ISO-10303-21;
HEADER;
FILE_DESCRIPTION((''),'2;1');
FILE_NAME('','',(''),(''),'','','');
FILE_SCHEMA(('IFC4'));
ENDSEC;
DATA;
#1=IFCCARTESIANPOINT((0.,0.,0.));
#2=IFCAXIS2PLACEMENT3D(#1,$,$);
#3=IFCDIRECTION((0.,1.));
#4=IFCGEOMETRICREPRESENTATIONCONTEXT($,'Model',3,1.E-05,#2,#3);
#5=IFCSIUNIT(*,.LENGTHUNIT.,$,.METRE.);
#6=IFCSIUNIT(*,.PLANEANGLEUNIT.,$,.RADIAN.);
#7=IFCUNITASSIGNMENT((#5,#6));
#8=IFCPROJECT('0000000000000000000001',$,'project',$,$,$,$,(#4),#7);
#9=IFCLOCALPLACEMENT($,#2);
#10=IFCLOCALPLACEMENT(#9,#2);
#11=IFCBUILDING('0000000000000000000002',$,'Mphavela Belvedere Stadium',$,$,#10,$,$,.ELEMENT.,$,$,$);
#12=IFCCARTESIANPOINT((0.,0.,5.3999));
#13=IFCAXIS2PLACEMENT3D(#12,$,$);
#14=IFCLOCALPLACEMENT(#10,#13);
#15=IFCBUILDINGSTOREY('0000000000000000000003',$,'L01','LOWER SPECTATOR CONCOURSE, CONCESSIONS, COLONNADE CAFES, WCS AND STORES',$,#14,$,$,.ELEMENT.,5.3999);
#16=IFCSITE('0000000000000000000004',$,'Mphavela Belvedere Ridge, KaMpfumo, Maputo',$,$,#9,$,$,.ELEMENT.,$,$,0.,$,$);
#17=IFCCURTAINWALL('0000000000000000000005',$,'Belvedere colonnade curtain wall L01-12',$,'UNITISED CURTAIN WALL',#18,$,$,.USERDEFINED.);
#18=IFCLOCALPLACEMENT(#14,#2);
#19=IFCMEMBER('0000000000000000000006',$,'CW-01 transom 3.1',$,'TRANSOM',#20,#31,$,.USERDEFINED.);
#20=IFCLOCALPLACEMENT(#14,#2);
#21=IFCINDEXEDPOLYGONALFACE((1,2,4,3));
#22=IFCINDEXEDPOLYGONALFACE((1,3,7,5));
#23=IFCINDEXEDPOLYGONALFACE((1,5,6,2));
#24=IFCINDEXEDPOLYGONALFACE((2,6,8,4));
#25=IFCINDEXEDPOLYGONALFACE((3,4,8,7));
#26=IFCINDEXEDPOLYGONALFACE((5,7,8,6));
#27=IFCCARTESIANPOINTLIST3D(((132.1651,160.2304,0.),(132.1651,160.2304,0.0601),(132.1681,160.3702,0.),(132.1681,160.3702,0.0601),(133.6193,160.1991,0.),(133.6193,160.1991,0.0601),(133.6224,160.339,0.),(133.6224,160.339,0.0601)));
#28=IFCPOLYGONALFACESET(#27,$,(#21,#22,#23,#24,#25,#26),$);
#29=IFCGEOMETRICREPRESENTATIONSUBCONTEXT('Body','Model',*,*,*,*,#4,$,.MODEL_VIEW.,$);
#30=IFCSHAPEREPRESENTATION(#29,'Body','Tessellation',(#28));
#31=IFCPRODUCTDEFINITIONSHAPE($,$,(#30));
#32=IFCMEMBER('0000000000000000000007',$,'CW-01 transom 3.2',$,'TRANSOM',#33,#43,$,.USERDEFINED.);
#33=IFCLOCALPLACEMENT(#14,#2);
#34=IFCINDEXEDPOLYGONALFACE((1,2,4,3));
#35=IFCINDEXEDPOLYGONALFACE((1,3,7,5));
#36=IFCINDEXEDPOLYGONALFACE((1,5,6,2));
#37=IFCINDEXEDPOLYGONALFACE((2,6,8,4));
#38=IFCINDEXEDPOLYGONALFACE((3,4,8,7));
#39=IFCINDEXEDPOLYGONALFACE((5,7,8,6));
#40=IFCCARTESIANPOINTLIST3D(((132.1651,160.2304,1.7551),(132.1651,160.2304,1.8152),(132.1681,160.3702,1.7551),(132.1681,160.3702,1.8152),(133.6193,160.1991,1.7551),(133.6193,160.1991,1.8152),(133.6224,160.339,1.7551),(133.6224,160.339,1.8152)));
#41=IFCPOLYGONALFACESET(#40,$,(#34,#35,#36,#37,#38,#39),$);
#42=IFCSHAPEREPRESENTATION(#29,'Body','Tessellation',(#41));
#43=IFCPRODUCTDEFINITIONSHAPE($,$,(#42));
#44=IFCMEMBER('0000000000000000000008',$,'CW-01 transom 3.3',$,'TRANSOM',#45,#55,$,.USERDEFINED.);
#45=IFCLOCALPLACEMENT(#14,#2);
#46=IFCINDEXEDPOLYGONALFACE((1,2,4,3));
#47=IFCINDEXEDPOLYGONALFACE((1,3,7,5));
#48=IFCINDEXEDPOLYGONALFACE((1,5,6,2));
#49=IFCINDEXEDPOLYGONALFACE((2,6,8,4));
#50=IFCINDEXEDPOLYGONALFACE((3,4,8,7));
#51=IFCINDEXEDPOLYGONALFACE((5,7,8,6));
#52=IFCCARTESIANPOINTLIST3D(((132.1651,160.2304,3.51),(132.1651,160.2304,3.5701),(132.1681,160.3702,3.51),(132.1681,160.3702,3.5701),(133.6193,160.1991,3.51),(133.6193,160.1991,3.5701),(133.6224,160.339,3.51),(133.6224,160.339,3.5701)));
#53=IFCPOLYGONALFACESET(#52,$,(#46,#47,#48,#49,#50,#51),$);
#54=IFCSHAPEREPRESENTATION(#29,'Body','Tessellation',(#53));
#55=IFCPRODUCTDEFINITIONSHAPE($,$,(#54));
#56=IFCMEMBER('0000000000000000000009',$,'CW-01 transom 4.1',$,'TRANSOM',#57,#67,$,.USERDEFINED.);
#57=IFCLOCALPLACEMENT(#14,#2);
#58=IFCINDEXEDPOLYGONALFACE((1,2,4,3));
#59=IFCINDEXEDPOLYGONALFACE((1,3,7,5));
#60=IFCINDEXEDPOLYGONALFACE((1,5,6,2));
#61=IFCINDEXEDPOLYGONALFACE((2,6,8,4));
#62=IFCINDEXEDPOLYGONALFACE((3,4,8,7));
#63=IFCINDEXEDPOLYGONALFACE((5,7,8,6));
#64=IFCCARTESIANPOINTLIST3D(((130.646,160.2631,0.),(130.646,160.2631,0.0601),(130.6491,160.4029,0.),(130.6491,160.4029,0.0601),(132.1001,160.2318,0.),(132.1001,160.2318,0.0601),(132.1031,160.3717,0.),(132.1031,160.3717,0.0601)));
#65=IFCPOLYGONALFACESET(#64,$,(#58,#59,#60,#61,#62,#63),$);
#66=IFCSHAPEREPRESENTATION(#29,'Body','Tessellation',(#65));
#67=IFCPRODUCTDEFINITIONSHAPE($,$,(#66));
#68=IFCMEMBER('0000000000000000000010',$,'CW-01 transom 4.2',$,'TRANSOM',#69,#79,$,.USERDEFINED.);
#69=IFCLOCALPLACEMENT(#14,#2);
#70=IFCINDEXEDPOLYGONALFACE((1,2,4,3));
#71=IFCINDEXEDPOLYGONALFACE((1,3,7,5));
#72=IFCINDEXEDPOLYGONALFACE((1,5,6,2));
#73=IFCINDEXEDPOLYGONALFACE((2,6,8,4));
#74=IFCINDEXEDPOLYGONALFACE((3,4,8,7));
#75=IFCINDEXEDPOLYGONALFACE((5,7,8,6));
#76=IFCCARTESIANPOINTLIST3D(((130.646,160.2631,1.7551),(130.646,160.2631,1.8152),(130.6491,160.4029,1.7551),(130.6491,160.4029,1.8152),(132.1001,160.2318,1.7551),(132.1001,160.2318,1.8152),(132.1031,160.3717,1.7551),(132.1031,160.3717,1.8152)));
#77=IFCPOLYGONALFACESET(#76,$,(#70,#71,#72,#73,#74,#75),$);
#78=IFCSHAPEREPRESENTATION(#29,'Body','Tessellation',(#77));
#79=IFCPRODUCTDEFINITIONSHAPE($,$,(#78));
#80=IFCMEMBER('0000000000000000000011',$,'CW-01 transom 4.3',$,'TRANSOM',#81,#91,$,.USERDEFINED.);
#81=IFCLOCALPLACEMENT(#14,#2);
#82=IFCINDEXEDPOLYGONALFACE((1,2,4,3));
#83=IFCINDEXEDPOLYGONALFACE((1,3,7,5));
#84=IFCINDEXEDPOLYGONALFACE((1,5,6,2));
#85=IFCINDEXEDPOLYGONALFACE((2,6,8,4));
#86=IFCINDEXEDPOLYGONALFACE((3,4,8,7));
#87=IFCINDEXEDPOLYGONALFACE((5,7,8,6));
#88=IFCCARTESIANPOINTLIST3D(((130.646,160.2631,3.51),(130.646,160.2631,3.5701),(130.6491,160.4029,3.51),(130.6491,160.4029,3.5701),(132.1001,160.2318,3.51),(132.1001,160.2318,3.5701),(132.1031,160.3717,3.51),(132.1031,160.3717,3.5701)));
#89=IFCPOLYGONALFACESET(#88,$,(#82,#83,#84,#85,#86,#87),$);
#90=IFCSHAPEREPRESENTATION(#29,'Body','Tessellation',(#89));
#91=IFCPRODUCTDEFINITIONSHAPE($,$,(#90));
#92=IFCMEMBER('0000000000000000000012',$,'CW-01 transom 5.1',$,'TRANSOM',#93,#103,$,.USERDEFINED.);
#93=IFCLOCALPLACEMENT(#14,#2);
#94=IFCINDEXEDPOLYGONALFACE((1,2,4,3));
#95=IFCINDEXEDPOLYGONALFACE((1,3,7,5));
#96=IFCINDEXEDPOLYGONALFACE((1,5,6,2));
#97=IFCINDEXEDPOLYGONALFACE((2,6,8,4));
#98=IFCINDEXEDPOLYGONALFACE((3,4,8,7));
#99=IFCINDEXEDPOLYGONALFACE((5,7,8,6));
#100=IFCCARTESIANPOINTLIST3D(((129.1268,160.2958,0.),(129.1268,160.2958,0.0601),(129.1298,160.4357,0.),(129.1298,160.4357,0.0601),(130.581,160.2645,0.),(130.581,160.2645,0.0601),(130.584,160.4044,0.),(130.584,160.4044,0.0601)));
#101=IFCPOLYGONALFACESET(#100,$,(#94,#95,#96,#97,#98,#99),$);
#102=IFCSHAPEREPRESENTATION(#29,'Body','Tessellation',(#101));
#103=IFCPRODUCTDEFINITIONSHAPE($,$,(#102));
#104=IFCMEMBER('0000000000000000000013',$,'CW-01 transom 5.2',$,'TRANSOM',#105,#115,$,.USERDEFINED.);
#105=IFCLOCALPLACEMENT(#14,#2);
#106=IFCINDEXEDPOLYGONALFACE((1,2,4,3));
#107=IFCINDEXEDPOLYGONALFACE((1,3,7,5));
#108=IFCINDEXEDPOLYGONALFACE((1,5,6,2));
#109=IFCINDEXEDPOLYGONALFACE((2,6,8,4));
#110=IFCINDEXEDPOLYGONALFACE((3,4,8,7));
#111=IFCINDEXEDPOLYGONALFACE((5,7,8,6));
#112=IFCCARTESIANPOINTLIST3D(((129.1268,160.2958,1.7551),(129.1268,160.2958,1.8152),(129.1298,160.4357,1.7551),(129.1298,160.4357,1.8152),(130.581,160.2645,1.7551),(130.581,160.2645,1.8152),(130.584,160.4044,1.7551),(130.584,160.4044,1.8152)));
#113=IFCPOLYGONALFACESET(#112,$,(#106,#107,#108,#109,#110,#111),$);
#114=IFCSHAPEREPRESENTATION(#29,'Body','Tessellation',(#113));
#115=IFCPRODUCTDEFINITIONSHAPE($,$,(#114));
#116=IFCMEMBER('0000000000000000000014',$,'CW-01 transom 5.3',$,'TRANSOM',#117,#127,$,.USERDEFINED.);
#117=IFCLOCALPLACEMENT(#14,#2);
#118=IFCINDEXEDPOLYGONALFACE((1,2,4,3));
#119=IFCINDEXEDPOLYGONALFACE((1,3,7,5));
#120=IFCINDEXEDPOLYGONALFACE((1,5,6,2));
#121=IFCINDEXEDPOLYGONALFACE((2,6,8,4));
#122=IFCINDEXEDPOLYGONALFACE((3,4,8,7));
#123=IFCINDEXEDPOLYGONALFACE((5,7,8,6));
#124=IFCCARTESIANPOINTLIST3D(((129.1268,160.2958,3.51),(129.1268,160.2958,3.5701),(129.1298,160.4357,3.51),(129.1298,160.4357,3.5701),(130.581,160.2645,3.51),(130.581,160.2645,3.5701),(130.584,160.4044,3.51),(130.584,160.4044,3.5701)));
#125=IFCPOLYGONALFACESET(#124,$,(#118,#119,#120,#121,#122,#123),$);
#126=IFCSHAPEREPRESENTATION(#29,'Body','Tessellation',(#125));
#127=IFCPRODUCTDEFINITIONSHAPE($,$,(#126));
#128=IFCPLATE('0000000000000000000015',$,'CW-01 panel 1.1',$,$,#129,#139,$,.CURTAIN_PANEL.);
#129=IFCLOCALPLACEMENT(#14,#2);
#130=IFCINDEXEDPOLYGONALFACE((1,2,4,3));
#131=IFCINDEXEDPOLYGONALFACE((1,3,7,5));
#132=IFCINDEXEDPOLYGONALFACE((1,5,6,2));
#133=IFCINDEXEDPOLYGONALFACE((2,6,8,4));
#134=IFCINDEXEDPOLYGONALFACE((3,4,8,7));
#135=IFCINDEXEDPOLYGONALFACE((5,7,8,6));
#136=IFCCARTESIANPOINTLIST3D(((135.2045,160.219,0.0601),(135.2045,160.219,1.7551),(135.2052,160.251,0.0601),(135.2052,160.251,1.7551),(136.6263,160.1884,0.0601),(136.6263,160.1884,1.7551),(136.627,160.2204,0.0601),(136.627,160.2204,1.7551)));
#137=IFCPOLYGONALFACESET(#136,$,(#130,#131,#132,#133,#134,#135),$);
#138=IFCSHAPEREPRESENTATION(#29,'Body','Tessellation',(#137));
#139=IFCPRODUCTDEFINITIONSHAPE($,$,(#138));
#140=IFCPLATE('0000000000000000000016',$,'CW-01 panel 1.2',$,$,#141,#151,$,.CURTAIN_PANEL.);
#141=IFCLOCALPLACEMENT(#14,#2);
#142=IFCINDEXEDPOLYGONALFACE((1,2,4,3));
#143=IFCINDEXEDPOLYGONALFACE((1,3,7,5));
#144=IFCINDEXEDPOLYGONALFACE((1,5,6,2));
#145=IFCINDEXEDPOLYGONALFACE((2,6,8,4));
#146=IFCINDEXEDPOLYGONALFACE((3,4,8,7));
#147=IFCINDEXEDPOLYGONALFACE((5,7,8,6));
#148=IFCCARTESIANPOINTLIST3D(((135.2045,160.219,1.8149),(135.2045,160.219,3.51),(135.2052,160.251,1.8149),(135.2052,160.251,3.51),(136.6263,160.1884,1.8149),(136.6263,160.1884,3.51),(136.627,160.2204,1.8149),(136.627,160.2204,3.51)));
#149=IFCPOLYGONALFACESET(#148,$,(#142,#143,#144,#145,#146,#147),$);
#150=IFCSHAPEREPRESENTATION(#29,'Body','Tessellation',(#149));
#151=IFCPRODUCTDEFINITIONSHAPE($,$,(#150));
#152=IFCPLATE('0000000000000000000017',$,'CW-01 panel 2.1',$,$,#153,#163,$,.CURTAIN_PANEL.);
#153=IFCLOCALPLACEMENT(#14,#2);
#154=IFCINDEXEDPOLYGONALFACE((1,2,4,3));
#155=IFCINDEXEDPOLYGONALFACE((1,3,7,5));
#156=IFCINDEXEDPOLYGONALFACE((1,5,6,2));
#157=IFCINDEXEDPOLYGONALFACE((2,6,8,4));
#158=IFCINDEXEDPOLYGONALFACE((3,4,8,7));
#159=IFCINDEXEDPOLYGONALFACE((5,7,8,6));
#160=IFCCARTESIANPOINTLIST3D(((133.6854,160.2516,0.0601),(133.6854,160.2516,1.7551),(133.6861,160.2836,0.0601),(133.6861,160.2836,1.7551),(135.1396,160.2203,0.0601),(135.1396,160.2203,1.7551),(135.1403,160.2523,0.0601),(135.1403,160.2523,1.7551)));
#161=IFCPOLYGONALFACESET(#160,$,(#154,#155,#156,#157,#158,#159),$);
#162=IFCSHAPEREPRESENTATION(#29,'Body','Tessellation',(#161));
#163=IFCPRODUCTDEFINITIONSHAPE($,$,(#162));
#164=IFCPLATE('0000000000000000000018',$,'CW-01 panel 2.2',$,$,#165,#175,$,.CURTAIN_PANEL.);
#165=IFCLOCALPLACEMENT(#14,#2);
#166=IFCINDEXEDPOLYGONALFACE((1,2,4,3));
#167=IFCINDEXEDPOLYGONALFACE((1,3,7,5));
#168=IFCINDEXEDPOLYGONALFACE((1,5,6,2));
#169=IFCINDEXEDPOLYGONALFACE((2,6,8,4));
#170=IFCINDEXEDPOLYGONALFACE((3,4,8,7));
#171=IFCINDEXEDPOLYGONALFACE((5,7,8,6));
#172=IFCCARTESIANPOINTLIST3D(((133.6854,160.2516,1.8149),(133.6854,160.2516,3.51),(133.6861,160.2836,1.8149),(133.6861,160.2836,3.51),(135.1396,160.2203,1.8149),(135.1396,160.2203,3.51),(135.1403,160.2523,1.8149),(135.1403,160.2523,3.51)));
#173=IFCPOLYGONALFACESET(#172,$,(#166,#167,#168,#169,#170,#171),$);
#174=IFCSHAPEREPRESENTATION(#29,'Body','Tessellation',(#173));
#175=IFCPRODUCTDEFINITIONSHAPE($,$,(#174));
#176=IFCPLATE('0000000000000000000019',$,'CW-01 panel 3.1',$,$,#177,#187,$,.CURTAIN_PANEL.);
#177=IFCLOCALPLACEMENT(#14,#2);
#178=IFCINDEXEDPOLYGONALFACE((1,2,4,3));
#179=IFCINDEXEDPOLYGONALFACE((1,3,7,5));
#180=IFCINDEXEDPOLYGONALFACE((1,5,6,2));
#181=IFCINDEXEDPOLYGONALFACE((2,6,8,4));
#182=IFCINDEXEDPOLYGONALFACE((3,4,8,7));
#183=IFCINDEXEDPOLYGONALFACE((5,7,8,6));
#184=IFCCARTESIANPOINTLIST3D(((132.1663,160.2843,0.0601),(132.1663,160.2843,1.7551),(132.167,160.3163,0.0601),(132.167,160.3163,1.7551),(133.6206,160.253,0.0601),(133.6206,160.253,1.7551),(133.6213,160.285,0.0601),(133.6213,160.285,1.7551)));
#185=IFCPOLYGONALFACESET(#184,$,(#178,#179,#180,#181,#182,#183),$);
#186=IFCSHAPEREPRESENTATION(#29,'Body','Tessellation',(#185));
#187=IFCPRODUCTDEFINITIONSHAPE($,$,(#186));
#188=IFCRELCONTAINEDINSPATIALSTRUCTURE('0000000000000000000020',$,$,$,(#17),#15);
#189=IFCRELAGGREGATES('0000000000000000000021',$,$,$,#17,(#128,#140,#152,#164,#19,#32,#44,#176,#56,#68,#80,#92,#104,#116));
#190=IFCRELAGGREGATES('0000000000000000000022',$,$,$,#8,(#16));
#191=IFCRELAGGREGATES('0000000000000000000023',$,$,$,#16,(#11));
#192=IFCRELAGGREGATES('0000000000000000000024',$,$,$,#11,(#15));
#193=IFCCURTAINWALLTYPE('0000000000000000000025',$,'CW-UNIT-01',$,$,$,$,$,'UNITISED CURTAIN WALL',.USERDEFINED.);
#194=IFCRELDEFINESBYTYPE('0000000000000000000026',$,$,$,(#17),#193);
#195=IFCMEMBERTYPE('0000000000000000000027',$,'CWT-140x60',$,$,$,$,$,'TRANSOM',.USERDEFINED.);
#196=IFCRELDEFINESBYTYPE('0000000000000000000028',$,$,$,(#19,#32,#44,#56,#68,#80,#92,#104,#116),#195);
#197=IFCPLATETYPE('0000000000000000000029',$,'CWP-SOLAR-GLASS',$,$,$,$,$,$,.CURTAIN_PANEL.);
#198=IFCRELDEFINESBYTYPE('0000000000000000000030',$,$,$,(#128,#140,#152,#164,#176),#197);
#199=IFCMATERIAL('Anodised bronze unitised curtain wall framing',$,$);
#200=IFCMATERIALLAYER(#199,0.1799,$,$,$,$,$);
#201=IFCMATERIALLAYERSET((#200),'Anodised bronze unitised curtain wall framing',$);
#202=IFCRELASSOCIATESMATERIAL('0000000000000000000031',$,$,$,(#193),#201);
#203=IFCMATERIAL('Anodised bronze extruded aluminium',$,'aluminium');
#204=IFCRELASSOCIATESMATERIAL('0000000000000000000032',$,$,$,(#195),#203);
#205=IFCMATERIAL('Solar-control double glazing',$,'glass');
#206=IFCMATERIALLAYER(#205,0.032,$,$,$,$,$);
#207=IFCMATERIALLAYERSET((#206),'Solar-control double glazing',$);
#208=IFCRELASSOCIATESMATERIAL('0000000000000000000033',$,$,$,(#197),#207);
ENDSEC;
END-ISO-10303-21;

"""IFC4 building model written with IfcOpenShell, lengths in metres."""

from ifc_helpers import new_model, si_unit, direction, frame, origin, origin_2d, place, context, subcontext, project, spatial, rectangle, extrude, material, layer, layer_set, material_profile, profile_set, type_object, element, aggregate, save


model = new_model("IFC4")

# Units and contexts
model_context = context("Model", 3, precision=1e-05, world=origin(), true_north=direction((0.0, 1.0)))
body_context = subcontext(model_context, "Body", "Model", "MODEL_VIEW")
ifc_project = project(units=[si_unit("LENGTHUNIT", "METRE"), si_unit("PLANEANGLEUNIT", "RADIAN")], contexts=[model_context])

# Site, building, storey
site_placement = place(None, origin())
site = spatial("IfcSite", under=ifc_project, at=site_placement, Name="Mphavela Belvedere Ridge, KaMpfumo, Maputo", CompositionType="ELEMENT", RefElevation=0.0)
building_placement = place(site_placement, origin())
building = spatial("IfcBuilding", under=site, at=building_placement, Name="Mphavela Belvedere Stadium", CompositionType="ELEMENT")
storey_placement = place(building_placement, frame((0.0, 0.0, 5.3999)))
storey = spatial("IfcBuildingStorey", under=building, at=storey_placement, Name="L01", Description="LOWER SPECTATOR CONCOURSE, CONCESSIONS, COLONNADE CAFES, WCS AND STORES", CompositionType="ELEMENT", Elevation=5.3999)

# Curtain wall, members, plates
ifc_material_1 = material(Name="Anodised bronze unitised curtain wall framing")
ifc_layer_1 = layer(ifc_material_1, 0.1799)
ifc_layer_set_1 = layer_set([ifc_layer_1], Name="Anodised bronze unitised curtain wall framing")
curtain_wall_type_1 = type_object("IfcCurtainWallType", Name="CW-UNIT-01", ElementType="UNITISED CURTAIN WALL", PredefinedType="USERDEFINED", material=ifc_layer_set_1)
curtain_wall_1_placement = place(storey_placement, origin())
curtain_wall_1 = element("IfcCurtainWall", 1, at=curtain_wall_1_placement, inside=storey, type_object=curtain_wall_type_1, Name="Belvedere colonnade curtain wall L01-12", ObjectType="UNITISED CURTAIN WALL", PredefinedType="USERDEFINED")
ifc_material_2 = material(Name="Anodised bronze extruded aluminium", Category="aluminium")
ifc_material_profile_1 = material_profile(ifc_material_2, rectangle(XDim=0.1399, YDim=0.0601, at=origin_2d()), Name="CW-TRN 140x60")
ifc_profile_set_1 = profile_set([ifc_material_profile_1], Name="Anodised bronze extruded aluminium")
member_type_1 = type_object("IfcMemberType", Name="CWT-140x60", ElementType="TRANSOM", PredefinedType="USERDEFINED", material=ifc_profile_set_1)
member_1_placement = place(storey_placement, frame((133.6208, 160.269, 0.03), z_axis=(-0.999769, 0.021482, 0.0), x_axis=(-0.021482, -0.999769, 0.0)))
member_1 = element("IfcMember", 2, at=member_1_placement, type_object=member_type_1, Name="CW-01 transom 3.1", ObjectType="TRANSOM", PredefinedType="USERDEFINED", context=body_context, shape_type="SweptSolid", body=[
    extrude(rectangle(XDim=0.1399, YDim=0.0601, at=origin_2d()), origin(), (0.0, 0.0, 1.0), 1.4546),
])
member_2_placement = place(storey_placement, frame((133.6208, 160.269, 1.7852), z_axis=(-0.999769, 0.021482, 0.0), x_axis=(-0.021482, -0.999769, 0.0)))
member_2 = element("IfcMember", 3, at=member_2_placement, type_object=member_type_1, Name="CW-01 transom 3.2", ObjectType="TRANSOM", PredefinedType="USERDEFINED", context=body_context, shape_type="SweptSolid", body=[
    extrude(rectangle(XDim=0.1399, YDim=0.0601, at=origin_2d()), origin(), (0.0, 0.0, 1.0), 1.4546),
])
member_3_placement = place(storey_placement, frame((133.6208, 160.269, 3.54), z_axis=(-0.999769, 0.021482, 0.0), x_axis=(-0.021482, -0.999769, 0.0)))
member_3 = element("IfcMember", 4, at=member_3_placement, type_object=member_type_1, Name="CW-01 transom 3.3", ObjectType="TRANSOM", PredefinedType="USERDEFINED", context=body_context, shape_type="SweptSolid", body=[
    extrude(rectangle(XDim=0.1399, YDim=0.0601, at=origin_2d()), origin(), (0.0, 0.0, 1.0), 1.4546),
])
member_4_placement = place(storey_placement, frame((132.1016, 160.3018, 0.03), z_axis=(-0.999769, 0.021486, 0.0), x_axis=(-0.021486, -0.999769, 0.0)))
member_4 = element("IfcMember", 5, at=member_4_placement, type_object=member_type_1, Name="CW-01 transom 4.1", ObjectType="TRANSOM", PredefinedType="USERDEFINED", context=body_context, shape_type="SweptSolid", body=[
    extrude(rectangle(XDim=0.1399, YDim=0.0601, at=origin_2d()), origin(), (0.0, 0.0, 1.0), 1.4543),
])
member_5_placement = place(storey_placement, frame((132.1016, 160.3018, 1.7852), z_axis=(-0.999769, 0.021486, 0.0), x_axis=(-0.021486, -0.999769, 0.0)))
member_5 = element("IfcMember", 6, at=member_5_placement, type_object=member_type_1, Name="CW-01 transom 4.2", ObjectType="TRANSOM", PredefinedType="USERDEFINED", context=body_context, shape_type="SweptSolid", body=[
    extrude(rectangle(XDim=0.1399, YDim=0.0601, at=origin_2d()), origin(), (0.0, 0.0, 1.0), 1.4543),
])
member_6_placement = place(storey_placement, frame((132.1016, 160.3018, 3.54), z_axis=(-0.999769, 0.021486, 0.0), x_axis=(-0.021486, -0.999769, 0.0)))
member_6 = element("IfcMember", 7, at=member_6_placement, type_object=member_type_1, Name="CW-01 transom 4.3", ObjectType="TRANSOM", PredefinedType="USERDEFINED", context=body_context, shape_type="SweptSolid", body=[
    extrude(rectangle(XDim=0.1399, YDim=0.0601, at=origin_2d()), origin(), (0.0, 0.0, 1.0), 1.4543),
])
member_7_placement = place(storey_placement, frame((130.5825, 160.3345, 0.03), z_axis=(-0.999769, 0.021482, 0.0), x_axis=(-0.021482, -0.999769, 0.0)))
member_7 = element("IfcMember", 8, at=member_7_placement, type_object=member_type_1, Name="CW-01 transom 5.1", ObjectType="TRANSOM", PredefinedType="USERDEFINED", context=body_context, shape_type="SweptSolid", body=[
    extrude(rectangle(XDim=0.1399, YDim=0.0601, at=origin_2d()), origin(), (0.0, 0.0, 1.0), 1.4546),
])
member_8_placement = place(storey_placement, frame((130.5825, 160.3345, 1.7852), z_axis=(-0.999769, 0.021482, 0.0), x_axis=(-0.021482, -0.999769, 0.0)))
member_8 = element("IfcMember", 9, at=member_8_placement, type_object=member_type_1, Name="CW-01 transom 5.2", ObjectType="TRANSOM", PredefinedType="USERDEFINED", context=body_context, shape_type="SweptSolid", body=[
    extrude(rectangle(XDim=0.1399, YDim=0.0601, at=origin_2d()), origin(), (0.0, 0.0, 1.0), 1.4546),
])
member_9_placement = place(storey_placement, frame((130.5825, 160.3345, 3.54), z_axis=(-0.999769, 0.021482, 0.0), x_axis=(-0.021482, -0.999769, 0.0)))
member_9 = element("IfcMember", 10, at=member_9_placement, type_object=member_type_1, Name="CW-01 transom 5.3", ObjectType="TRANSOM", PredefinedType="USERDEFINED", context=body_context, shape_type="SweptSolid", body=[
    extrude(rectangle(XDim=0.1399, YDim=0.0601, at=origin_2d()), origin(), (0.0, 0.0, 1.0), 1.4546),
])
ifc_material_3 = material(Name="Solar-control double glazing", Category="glass")
ifc_layer_2 = layer(ifc_material_3, 0.032)
ifc_layer_set_2 = layer_set([ifc_layer_2], Name="Solar-control double glazing")
plate_type = type_object("IfcPlateType", Name="CWP-SOLAR-GLASS", PredefinedType="CURTAIN_PANEL", material=ifc_layer_set_2)
plate_1_placement = place(storey_placement, frame((135.9158, 160.2197, 0.0601), z_axis=(0.0, 0.0, 1.0), x_axis=(-0.999768, 0.021529, 0.0)))
plate_1 = element("IfcPlate", 11, at=plate_1_placement, type_object=plate_type, Name="CW-01 panel 1.1", PredefinedType="CURTAIN_PANEL", context=body_context, shape_type="SweptSolid", body=[
    extrude(rectangle(XDim=1.4221, YDim=0.032, at=origin_2d()), origin(), (0.0, 0.0, 1.0), 1.6951),
])
plate_2_placement = place(storey_placement, frame((135.9158, 160.2197, 1.8149), z_axis=(0.0, 0.0, 1.0), x_axis=(-0.999768, 0.021529, 0.0)))
plate_2 = element("IfcPlate", 12, at=plate_2_placement, type_object=plate_type, Name="CW-01 panel 1.2", PredefinedType="CURTAIN_PANEL", context=body_context, shape_type="SweptSolid", body=[
    extrude(rectangle(XDim=1.4221, YDim=0.032, at=origin_2d()), origin(), (0.0, 0.0, 1.0), 1.6951),
])
plate_3_placement = place(storey_placement, frame((134.4128, 160.252, 0.0601), z_axis=(0.0, 0.0, 1.0), x_axis=(-0.999768, 0.021529, 0.0)))
plate_3 = element("IfcPlate", 13, at=plate_3_placement, type_object=plate_type, Name="CW-01 panel 2.1", PredefinedType="CURTAIN_PANEL", context=body_context, shape_type="SweptSolid", body=[
    extrude(rectangle(XDim=1.4546, YDim=0.032, at=origin_2d()), origin(), (0.0, 0.0, 1.0), 1.6951),
])
plate_4_placement = place(storey_placement, frame((134.4128, 160.252, 1.8149), z_axis=(0.0, 0.0, 1.0), x_axis=(-0.999768, 0.021529, 0.0)))
plate_4 = element("IfcPlate", 14, at=plate_4_placement, type_object=plate_type, Name="CW-01 panel 2.2", PredefinedType="CURTAIN_PANEL", context=body_context, shape_type="SweptSolid", body=[
    extrude(rectangle(XDim=1.4546, YDim=0.032, at=origin_2d()), origin(), (0.0, 0.0, 1.0), 1.6951),
])
plate_5_placement = place(storey_placement, frame((132.8938, 160.2847, 0.0601), z_axis=(0.0, 0.0, 1.0), x_axis=(-0.999768, 0.021529, 0.0)))
plate_5 = element("IfcPlate", 15, at=plate_5_placement, type_object=plate_type, Name="CW-01 panel 3.1", PredefinedType="CURTAIN_PANEL", context=body_context, shape_type="SweptSolid", body=[
    extrude(rectangle(XDim=1.4546, YDim=0.032, at=origin_2d()), origin(), (0.0, 0.0, 1.0), 1.6951),
])
aggregate(curtain_wall_1, [plate_1, plate_2, plate_3, plate_4, member_1, member_2, member_3, plate_5, member_4, member_5, member_6, member_7, member_8, member_9])

save(model, "model.ifc")
